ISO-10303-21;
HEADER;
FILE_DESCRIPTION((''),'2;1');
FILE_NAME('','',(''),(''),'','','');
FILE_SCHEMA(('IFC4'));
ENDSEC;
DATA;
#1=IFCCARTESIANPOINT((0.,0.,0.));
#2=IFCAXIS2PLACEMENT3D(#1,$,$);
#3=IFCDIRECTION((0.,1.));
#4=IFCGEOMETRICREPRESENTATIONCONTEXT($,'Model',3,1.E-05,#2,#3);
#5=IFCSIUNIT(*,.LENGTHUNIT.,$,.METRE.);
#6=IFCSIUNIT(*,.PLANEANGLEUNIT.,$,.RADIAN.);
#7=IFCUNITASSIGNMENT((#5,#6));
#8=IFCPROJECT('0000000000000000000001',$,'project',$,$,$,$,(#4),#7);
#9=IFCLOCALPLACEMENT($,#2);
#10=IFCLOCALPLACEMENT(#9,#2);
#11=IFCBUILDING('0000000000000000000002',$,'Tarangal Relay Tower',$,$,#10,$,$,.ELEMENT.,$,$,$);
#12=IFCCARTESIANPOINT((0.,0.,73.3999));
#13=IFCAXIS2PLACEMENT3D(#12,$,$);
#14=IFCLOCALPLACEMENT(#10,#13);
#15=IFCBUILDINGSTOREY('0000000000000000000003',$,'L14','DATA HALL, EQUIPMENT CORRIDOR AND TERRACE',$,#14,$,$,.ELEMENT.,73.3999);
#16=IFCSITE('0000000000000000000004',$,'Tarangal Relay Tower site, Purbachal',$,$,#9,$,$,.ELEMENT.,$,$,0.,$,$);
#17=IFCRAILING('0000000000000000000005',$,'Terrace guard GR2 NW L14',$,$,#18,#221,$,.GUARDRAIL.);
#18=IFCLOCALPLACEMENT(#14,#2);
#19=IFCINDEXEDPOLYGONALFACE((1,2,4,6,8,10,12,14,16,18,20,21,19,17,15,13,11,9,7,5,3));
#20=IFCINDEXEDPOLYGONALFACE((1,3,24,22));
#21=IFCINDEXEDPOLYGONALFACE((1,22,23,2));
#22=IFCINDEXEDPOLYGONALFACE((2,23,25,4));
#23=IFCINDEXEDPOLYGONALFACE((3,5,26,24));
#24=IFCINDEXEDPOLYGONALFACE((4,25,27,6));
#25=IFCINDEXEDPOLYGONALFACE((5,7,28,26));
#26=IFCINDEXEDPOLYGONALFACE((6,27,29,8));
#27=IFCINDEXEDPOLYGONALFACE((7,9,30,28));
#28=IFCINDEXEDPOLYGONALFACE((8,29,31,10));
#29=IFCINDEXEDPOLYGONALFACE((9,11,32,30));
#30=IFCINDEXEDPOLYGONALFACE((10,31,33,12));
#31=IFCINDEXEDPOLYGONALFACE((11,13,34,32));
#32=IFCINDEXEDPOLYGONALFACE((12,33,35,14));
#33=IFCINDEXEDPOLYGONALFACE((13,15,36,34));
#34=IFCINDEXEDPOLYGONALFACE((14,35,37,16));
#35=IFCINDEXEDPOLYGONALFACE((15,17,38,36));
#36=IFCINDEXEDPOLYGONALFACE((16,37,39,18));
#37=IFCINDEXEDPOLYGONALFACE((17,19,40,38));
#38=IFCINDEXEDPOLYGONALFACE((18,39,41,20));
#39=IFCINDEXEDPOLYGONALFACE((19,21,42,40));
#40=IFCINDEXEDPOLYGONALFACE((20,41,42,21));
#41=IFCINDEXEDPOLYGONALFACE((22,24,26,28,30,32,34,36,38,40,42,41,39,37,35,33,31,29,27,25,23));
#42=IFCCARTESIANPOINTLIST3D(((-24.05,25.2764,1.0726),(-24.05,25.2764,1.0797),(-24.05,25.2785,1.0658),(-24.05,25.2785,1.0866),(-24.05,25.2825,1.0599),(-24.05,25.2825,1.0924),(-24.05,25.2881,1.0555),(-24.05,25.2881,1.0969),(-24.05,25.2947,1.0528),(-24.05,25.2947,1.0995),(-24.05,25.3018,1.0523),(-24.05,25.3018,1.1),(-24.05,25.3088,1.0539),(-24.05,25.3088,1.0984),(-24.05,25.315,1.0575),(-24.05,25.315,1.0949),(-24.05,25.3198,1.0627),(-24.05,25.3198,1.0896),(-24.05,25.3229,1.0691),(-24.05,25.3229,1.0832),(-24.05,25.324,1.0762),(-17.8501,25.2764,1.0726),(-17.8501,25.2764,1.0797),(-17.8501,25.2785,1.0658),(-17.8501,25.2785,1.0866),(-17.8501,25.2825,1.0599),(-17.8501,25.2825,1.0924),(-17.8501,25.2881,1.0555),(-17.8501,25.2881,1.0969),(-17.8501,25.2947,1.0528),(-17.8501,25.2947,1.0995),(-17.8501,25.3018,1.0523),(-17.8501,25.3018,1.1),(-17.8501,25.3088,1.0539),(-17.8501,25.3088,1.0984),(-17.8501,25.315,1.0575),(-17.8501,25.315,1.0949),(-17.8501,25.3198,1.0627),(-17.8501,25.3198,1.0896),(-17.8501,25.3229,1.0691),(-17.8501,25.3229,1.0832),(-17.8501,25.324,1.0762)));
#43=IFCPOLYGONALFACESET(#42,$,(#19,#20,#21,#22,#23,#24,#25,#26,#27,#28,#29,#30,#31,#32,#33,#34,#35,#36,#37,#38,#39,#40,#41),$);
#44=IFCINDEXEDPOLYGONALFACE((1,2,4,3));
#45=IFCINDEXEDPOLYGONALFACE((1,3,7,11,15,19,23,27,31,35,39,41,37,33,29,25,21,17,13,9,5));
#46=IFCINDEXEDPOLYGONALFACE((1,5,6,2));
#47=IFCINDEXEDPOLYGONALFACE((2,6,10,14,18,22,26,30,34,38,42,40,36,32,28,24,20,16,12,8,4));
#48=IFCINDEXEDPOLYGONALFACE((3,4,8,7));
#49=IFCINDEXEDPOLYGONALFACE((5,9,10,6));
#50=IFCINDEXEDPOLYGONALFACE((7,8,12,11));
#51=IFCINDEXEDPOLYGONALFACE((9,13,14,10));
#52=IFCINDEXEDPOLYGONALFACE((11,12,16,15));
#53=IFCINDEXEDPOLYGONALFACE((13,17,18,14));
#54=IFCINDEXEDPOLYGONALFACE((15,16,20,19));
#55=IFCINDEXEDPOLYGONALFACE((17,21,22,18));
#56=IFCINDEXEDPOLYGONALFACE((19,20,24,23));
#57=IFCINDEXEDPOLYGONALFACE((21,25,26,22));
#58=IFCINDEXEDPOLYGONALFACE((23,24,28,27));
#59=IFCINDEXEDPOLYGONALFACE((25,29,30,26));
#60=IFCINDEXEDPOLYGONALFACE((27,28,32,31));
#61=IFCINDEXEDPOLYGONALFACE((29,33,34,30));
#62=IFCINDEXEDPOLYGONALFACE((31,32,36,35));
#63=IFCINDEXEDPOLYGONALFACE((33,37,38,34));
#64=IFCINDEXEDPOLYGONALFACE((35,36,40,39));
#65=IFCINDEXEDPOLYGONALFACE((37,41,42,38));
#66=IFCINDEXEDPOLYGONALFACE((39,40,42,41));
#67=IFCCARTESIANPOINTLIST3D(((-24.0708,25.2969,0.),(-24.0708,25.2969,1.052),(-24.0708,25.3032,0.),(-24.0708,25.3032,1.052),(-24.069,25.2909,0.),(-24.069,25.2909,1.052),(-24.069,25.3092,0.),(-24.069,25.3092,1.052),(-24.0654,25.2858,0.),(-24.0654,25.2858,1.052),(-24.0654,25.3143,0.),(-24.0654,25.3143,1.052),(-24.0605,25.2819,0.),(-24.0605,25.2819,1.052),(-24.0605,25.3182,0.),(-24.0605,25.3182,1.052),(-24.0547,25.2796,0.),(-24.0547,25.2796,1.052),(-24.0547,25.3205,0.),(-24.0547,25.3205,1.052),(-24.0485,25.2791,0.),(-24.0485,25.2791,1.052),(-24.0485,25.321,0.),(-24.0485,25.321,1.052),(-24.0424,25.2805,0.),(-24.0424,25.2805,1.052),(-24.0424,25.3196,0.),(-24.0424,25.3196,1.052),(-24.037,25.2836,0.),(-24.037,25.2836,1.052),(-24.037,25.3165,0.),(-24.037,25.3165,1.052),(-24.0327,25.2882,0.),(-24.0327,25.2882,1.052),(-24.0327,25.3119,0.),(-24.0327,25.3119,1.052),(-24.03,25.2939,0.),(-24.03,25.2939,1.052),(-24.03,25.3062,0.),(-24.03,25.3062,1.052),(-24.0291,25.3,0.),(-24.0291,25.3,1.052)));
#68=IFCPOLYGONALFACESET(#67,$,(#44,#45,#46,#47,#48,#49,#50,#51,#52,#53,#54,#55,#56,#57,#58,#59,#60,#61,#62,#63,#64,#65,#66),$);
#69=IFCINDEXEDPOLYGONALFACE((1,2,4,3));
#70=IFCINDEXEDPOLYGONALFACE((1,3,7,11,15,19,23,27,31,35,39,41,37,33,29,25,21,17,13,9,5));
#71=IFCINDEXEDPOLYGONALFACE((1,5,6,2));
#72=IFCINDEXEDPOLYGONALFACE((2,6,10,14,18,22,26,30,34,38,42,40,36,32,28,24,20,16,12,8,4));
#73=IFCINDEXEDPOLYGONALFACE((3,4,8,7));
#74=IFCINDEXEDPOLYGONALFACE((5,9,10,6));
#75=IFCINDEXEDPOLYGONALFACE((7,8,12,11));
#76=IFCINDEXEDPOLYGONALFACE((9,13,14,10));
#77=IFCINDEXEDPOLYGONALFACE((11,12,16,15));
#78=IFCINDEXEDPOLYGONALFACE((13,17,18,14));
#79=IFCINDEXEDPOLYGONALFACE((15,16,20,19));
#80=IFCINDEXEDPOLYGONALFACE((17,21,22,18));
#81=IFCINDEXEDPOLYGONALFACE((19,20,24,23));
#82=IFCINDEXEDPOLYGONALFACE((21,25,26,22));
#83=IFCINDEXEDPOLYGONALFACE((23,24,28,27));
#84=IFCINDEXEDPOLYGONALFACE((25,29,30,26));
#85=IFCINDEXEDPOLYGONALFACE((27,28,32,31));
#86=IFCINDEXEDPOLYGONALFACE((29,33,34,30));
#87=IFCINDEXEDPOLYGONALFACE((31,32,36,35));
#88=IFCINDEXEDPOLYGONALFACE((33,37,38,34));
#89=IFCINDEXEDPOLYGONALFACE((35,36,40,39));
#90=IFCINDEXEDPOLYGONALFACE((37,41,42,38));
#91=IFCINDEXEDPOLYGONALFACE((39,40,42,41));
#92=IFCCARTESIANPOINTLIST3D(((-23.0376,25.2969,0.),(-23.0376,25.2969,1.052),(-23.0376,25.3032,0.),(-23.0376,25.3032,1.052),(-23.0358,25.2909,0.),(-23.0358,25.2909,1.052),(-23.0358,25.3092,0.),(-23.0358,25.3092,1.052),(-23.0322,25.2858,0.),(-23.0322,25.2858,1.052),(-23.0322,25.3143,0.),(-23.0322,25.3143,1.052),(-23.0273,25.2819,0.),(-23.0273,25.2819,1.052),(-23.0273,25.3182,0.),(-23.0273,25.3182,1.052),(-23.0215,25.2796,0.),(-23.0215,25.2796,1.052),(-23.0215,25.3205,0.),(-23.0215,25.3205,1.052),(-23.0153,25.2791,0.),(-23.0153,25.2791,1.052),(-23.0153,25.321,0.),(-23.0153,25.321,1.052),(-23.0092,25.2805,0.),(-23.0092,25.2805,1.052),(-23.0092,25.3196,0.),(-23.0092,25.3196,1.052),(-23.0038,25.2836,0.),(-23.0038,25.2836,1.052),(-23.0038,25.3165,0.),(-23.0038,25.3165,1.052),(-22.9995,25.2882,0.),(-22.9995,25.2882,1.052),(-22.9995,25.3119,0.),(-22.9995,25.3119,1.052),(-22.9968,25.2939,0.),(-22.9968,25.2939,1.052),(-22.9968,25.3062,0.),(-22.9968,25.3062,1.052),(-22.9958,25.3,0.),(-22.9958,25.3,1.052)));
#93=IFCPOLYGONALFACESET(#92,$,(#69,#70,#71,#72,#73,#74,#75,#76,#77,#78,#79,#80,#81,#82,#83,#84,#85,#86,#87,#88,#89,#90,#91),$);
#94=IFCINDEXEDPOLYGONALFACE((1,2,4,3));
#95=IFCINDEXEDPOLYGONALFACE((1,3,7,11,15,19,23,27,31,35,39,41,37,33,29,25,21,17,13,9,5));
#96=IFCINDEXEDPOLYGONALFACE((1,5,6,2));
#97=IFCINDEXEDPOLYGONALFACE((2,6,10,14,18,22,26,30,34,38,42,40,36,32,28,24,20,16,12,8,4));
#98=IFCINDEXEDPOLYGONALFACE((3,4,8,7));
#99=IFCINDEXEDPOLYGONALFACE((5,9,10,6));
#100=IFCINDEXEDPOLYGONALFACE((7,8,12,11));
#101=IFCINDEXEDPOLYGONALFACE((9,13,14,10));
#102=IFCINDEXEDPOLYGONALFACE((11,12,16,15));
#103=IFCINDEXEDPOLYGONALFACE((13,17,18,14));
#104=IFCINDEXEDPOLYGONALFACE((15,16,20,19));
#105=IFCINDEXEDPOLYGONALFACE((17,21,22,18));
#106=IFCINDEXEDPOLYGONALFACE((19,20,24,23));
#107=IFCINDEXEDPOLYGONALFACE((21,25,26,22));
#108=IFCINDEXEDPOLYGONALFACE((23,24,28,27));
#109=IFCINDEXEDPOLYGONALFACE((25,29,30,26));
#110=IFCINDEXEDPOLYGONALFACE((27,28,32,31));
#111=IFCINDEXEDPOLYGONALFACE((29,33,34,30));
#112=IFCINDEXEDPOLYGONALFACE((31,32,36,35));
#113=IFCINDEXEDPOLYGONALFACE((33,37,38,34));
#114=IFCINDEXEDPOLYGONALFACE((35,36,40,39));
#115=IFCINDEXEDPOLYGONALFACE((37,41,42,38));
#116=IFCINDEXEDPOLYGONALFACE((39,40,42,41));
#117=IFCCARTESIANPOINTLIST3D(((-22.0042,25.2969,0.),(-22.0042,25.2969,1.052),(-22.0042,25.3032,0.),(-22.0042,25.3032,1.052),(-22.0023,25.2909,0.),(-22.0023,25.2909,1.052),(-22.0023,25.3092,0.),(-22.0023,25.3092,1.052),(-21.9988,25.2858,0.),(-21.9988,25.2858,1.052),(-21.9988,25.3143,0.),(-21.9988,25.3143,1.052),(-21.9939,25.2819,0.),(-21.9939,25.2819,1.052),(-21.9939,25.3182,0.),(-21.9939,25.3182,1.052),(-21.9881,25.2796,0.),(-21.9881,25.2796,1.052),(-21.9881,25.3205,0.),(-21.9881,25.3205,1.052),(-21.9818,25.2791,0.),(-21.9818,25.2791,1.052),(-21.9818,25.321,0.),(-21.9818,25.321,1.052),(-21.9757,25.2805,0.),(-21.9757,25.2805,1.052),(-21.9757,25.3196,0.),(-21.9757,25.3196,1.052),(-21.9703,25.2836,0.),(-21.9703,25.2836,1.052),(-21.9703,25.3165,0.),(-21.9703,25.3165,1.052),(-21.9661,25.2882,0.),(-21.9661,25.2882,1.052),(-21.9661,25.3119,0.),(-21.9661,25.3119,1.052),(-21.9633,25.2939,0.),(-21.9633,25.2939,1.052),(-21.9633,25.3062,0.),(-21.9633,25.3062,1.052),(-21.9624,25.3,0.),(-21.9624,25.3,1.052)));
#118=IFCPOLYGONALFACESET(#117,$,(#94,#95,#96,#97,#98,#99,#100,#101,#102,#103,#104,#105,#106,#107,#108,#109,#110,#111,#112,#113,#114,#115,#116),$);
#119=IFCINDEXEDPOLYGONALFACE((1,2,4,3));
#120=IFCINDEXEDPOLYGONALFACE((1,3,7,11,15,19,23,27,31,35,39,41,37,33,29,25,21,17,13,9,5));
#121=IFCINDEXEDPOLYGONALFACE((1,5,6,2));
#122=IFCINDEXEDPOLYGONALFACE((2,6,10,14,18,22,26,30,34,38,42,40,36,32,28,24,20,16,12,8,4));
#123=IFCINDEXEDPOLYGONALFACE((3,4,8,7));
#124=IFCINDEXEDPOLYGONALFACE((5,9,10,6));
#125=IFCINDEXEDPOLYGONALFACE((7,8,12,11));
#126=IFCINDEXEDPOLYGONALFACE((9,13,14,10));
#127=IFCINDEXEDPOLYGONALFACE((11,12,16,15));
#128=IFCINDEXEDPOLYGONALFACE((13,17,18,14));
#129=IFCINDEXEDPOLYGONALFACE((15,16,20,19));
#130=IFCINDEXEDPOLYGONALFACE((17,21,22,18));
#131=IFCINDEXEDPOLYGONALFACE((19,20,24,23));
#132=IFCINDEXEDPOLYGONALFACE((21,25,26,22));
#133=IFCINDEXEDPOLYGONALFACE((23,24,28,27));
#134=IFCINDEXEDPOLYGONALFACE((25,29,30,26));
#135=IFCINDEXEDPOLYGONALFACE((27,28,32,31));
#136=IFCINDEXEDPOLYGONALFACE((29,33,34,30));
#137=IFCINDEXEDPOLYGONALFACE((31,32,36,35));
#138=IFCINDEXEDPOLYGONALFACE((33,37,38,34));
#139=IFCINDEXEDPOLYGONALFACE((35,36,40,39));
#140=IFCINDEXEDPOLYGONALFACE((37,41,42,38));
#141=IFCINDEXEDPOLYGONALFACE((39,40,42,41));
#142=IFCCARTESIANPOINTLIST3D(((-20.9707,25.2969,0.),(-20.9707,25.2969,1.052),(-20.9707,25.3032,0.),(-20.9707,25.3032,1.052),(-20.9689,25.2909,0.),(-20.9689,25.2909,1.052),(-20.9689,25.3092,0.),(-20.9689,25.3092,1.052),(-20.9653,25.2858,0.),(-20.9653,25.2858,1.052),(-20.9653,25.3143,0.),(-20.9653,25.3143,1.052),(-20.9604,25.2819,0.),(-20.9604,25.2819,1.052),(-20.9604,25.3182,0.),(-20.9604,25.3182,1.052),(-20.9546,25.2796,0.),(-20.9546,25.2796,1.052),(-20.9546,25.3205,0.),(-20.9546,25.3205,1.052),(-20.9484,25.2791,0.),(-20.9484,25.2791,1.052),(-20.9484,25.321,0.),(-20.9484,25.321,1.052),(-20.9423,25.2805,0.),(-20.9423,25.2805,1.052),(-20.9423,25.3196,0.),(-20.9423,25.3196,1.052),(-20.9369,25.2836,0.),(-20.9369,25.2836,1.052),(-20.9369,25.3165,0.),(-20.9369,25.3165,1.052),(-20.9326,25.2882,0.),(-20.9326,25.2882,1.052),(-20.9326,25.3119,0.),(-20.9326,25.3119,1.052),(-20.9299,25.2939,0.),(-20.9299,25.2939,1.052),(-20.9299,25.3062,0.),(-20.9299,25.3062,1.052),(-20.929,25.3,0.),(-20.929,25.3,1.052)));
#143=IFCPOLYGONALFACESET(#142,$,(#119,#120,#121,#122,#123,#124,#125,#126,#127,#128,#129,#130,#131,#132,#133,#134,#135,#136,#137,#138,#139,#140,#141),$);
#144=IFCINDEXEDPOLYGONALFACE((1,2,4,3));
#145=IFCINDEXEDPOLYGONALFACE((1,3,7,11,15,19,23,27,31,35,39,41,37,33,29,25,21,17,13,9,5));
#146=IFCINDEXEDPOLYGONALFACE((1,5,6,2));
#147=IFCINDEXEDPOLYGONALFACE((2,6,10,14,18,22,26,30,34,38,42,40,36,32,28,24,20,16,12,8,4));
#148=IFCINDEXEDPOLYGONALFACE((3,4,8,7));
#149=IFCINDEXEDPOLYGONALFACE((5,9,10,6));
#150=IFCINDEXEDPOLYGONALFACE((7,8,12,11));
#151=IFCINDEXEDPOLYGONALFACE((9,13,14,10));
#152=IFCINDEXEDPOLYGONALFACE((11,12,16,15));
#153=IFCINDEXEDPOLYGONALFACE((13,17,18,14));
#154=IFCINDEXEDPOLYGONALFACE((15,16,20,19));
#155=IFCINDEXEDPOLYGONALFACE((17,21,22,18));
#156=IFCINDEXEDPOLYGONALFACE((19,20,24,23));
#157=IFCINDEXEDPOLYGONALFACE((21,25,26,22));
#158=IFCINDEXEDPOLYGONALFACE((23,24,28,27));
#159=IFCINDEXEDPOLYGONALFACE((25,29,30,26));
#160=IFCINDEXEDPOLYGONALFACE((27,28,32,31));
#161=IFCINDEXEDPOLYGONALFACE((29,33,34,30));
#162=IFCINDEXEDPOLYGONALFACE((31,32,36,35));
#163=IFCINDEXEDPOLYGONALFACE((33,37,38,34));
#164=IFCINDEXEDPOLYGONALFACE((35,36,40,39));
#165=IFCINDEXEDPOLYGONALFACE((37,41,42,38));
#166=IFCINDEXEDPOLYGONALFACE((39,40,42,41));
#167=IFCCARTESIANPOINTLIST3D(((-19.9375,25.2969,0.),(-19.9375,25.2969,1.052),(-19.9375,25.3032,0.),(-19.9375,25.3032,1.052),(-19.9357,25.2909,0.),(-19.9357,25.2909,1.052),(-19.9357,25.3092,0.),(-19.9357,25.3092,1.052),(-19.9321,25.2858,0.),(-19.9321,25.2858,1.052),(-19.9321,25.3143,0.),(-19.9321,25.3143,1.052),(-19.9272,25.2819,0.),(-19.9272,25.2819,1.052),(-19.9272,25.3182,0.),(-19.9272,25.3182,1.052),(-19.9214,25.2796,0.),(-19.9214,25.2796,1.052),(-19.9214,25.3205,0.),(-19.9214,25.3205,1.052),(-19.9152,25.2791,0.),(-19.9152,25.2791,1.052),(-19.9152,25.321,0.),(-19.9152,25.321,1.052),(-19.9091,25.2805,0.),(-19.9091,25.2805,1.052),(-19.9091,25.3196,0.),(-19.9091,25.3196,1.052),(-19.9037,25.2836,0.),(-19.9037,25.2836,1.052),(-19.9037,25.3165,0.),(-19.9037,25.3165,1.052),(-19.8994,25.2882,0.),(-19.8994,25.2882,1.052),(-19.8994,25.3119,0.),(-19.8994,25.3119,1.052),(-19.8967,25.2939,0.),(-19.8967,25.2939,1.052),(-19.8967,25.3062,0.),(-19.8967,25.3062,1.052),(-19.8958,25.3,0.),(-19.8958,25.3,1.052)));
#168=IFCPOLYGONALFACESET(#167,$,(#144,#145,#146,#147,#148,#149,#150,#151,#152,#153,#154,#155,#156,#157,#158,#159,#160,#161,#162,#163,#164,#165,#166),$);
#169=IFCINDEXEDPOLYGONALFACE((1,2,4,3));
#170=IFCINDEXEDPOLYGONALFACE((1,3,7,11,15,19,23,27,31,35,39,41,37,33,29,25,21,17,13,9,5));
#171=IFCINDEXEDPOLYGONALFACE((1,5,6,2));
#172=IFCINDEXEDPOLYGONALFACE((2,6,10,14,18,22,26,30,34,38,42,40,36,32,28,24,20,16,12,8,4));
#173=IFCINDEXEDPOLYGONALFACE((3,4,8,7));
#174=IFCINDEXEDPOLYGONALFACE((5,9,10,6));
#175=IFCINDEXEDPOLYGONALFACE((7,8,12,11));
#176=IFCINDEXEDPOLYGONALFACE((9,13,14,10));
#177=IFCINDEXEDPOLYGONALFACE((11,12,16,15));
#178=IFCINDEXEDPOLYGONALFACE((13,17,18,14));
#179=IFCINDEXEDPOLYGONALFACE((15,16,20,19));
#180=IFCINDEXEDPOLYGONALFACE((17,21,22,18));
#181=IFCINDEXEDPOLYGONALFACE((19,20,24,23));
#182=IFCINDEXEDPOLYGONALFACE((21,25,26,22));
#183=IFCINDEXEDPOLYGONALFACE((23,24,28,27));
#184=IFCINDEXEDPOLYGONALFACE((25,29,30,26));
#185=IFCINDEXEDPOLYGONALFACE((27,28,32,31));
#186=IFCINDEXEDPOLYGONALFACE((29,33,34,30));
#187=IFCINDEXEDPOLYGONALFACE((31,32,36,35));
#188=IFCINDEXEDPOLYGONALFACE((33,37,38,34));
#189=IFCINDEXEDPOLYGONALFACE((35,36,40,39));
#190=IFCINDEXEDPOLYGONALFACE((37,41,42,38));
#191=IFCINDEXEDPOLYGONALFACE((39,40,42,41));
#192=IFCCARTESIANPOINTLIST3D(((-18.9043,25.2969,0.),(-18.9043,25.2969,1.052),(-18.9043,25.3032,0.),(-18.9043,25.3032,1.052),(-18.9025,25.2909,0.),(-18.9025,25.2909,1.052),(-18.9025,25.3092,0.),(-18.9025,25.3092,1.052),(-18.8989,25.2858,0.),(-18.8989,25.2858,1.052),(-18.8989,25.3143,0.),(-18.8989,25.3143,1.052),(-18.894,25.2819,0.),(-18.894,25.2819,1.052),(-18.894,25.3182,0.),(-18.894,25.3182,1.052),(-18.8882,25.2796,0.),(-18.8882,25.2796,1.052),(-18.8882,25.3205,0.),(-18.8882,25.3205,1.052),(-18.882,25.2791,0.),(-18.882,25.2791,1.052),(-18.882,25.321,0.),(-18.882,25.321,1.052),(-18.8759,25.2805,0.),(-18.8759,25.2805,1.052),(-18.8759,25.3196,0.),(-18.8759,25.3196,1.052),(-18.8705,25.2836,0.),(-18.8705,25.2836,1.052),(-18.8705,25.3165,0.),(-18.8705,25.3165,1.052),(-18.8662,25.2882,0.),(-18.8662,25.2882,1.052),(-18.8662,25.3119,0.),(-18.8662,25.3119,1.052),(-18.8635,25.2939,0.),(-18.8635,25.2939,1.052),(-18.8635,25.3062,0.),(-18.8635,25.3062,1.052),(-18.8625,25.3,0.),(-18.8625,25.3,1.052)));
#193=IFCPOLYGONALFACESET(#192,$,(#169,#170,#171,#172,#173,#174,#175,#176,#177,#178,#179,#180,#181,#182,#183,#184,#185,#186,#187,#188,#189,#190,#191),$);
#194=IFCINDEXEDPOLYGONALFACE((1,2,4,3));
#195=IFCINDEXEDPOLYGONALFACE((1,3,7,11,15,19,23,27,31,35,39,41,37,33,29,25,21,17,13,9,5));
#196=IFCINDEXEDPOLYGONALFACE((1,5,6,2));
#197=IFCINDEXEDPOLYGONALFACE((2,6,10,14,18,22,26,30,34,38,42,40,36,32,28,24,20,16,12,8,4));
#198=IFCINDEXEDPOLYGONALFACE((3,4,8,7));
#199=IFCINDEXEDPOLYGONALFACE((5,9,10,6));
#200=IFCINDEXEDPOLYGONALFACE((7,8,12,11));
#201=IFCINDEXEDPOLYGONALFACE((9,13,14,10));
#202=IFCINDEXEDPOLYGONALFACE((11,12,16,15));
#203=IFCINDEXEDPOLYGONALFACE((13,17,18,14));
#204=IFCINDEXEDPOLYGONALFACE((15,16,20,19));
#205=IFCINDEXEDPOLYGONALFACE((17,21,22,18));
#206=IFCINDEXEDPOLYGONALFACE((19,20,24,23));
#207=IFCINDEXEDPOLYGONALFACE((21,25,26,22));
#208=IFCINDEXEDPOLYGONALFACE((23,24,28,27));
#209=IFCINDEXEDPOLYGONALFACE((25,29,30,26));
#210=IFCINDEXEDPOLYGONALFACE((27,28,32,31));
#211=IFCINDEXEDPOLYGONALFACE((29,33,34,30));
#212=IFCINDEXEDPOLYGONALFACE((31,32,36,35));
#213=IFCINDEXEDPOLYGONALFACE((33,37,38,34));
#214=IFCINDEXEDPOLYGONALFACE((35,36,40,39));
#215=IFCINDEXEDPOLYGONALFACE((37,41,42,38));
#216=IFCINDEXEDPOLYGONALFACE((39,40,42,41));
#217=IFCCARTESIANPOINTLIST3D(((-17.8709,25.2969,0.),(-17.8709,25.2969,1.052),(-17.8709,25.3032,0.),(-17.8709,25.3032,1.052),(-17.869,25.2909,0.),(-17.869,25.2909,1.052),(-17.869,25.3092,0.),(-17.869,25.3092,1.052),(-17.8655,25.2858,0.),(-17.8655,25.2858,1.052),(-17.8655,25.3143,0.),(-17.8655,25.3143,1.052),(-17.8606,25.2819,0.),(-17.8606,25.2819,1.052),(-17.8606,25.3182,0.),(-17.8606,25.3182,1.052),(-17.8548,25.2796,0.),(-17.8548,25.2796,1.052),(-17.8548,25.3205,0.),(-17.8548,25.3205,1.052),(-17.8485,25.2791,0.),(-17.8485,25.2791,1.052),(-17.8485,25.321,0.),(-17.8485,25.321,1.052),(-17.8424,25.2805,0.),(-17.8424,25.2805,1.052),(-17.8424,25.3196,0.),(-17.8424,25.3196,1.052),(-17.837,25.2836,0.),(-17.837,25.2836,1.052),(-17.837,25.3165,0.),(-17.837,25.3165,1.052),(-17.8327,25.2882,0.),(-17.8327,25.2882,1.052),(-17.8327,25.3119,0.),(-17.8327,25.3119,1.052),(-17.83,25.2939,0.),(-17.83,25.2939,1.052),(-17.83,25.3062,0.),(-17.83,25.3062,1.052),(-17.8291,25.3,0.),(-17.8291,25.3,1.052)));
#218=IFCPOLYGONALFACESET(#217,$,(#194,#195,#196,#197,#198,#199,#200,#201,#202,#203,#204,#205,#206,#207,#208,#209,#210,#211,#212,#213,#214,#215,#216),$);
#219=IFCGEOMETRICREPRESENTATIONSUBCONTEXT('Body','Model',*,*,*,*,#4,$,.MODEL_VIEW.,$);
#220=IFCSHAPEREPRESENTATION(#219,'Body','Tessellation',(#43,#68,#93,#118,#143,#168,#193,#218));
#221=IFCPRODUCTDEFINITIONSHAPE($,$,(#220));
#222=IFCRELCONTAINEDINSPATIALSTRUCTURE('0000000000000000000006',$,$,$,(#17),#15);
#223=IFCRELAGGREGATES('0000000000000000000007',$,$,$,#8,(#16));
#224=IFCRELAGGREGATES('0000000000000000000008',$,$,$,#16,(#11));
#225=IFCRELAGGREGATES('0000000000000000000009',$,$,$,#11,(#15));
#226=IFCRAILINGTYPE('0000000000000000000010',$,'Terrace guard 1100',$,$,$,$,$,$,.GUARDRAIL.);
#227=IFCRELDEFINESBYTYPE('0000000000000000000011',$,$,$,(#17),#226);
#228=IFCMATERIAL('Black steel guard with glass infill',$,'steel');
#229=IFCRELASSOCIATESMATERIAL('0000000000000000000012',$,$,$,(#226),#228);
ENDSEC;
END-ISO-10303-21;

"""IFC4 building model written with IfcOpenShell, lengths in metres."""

from ifc_helpers import new_model, si_unit, direction, frame, origin, origin_2d, place, context, subcontext, project, spatial, circle, extrude, material, type_object, element, save


model = new_model("IFC4")

# Units and contexts
model_context = context("Model", 3, precision=1e-05, world=origin(), true_north=direction((0.0, 1.0)))
body_context = subcontext(model_context, "Body", "Model", "MODEL_VIEW")
ifc_project = project(units=[si_unit("LENGTHUNIT", "METRE"), si_unit("PLANEANGLEUNIT", "RADIAN")], contexts=[model_context])

# Site, building, storey
site_placement = place(None, origin())
site = spatial("IfcSite", under=ifc_project, at=site_placement, Name="Tarangal Relay Tower site, Purbachal", CompositionType="ELEMENT", RefElevation=0.0)
building_placement = place(site_placement, origin())
building = spatial("IfcBuilding", under=site, at=building_placement, Name="Tarangal Relay Tower", CompositionType="ELEMENT")
storey_placement = place(building_placement, frame((0.0, 0.0, 73.3999)))
storey = spatial("IfcBuildingStorey", under=building, at=storey_placement, Name="L14", Description="DATA HALL, EQUIPMENT CORRIDOR AND TERRACE", CompositionType="ELEMENT", Elevation=73.3999)

# Railing
ifc_material_1 = material(Name="Black steel guard with glass infill", Category="steel")
railing_type = type_object("IfcRailingType", Name="Terrace guard 1100", PredefinedType="GUARDRAIL", material=ifc_material_1)
railing_1_placement = place(storey_placement, frame((-24.05, 25.3, 0.0)))
element("IfcRailing", 1, at=railing_1_placement, inside=storey, type_object=railing_type, Name="Terrace guard GR2 NW L14", PredefinedType="GUARDRAIL", context=body_context, shape_type="SweptSolid", body=[
    extrude(circle(Radius=0.0239, at=origin_2d()), frame((0.0, 0.0, 1.0762), z_axis=(1.0, 0.0, 0.0), x_axis=(0.0, 1.0, 0.0)), (0.0, 0.0, 1.0), 6.2),
    extrude(circle(Radius=0.021, at=origin_2d()), origin(), (0.0, 0.0, 1.0), 1.052),
    extrude(circle(Radius=0.021, at=origin_2d()), frame((1.0332, 0.0, 0.0)), (0.0, 0.0, 1.0), 1.052),
    extrude(circle(Radius=0.021, at=origin_2d()), frame((2.0667, 0.0, 0.0)), (0.0, 0.0, 1.0), 1.052),
    extrude(circle(Radius=0.021, at=origin_2d()), frame((3.1001, 0.0, 0.0)), (0.0, 0.0, 1.0), 1.052),
    extrude(circle(Radius=0.021, at=origin_2d()), frame((4.1333, 0.0, 0.0)), (0.0, 0.0, 1.0), 1.052),
    extrude(circle(Radius=0.021, at=origin_2d()), frame((5.1665, 0.0, 0.0)), (0.0, 0.0, 1.0), 1.052),
    extrude(circle(Radius=0.021, at=origin_2d()), frame((6.2, 0.0, 0.0)), (0.0, 0.0, 1.0), 1.052),
])

save(model, "model.ifc")
